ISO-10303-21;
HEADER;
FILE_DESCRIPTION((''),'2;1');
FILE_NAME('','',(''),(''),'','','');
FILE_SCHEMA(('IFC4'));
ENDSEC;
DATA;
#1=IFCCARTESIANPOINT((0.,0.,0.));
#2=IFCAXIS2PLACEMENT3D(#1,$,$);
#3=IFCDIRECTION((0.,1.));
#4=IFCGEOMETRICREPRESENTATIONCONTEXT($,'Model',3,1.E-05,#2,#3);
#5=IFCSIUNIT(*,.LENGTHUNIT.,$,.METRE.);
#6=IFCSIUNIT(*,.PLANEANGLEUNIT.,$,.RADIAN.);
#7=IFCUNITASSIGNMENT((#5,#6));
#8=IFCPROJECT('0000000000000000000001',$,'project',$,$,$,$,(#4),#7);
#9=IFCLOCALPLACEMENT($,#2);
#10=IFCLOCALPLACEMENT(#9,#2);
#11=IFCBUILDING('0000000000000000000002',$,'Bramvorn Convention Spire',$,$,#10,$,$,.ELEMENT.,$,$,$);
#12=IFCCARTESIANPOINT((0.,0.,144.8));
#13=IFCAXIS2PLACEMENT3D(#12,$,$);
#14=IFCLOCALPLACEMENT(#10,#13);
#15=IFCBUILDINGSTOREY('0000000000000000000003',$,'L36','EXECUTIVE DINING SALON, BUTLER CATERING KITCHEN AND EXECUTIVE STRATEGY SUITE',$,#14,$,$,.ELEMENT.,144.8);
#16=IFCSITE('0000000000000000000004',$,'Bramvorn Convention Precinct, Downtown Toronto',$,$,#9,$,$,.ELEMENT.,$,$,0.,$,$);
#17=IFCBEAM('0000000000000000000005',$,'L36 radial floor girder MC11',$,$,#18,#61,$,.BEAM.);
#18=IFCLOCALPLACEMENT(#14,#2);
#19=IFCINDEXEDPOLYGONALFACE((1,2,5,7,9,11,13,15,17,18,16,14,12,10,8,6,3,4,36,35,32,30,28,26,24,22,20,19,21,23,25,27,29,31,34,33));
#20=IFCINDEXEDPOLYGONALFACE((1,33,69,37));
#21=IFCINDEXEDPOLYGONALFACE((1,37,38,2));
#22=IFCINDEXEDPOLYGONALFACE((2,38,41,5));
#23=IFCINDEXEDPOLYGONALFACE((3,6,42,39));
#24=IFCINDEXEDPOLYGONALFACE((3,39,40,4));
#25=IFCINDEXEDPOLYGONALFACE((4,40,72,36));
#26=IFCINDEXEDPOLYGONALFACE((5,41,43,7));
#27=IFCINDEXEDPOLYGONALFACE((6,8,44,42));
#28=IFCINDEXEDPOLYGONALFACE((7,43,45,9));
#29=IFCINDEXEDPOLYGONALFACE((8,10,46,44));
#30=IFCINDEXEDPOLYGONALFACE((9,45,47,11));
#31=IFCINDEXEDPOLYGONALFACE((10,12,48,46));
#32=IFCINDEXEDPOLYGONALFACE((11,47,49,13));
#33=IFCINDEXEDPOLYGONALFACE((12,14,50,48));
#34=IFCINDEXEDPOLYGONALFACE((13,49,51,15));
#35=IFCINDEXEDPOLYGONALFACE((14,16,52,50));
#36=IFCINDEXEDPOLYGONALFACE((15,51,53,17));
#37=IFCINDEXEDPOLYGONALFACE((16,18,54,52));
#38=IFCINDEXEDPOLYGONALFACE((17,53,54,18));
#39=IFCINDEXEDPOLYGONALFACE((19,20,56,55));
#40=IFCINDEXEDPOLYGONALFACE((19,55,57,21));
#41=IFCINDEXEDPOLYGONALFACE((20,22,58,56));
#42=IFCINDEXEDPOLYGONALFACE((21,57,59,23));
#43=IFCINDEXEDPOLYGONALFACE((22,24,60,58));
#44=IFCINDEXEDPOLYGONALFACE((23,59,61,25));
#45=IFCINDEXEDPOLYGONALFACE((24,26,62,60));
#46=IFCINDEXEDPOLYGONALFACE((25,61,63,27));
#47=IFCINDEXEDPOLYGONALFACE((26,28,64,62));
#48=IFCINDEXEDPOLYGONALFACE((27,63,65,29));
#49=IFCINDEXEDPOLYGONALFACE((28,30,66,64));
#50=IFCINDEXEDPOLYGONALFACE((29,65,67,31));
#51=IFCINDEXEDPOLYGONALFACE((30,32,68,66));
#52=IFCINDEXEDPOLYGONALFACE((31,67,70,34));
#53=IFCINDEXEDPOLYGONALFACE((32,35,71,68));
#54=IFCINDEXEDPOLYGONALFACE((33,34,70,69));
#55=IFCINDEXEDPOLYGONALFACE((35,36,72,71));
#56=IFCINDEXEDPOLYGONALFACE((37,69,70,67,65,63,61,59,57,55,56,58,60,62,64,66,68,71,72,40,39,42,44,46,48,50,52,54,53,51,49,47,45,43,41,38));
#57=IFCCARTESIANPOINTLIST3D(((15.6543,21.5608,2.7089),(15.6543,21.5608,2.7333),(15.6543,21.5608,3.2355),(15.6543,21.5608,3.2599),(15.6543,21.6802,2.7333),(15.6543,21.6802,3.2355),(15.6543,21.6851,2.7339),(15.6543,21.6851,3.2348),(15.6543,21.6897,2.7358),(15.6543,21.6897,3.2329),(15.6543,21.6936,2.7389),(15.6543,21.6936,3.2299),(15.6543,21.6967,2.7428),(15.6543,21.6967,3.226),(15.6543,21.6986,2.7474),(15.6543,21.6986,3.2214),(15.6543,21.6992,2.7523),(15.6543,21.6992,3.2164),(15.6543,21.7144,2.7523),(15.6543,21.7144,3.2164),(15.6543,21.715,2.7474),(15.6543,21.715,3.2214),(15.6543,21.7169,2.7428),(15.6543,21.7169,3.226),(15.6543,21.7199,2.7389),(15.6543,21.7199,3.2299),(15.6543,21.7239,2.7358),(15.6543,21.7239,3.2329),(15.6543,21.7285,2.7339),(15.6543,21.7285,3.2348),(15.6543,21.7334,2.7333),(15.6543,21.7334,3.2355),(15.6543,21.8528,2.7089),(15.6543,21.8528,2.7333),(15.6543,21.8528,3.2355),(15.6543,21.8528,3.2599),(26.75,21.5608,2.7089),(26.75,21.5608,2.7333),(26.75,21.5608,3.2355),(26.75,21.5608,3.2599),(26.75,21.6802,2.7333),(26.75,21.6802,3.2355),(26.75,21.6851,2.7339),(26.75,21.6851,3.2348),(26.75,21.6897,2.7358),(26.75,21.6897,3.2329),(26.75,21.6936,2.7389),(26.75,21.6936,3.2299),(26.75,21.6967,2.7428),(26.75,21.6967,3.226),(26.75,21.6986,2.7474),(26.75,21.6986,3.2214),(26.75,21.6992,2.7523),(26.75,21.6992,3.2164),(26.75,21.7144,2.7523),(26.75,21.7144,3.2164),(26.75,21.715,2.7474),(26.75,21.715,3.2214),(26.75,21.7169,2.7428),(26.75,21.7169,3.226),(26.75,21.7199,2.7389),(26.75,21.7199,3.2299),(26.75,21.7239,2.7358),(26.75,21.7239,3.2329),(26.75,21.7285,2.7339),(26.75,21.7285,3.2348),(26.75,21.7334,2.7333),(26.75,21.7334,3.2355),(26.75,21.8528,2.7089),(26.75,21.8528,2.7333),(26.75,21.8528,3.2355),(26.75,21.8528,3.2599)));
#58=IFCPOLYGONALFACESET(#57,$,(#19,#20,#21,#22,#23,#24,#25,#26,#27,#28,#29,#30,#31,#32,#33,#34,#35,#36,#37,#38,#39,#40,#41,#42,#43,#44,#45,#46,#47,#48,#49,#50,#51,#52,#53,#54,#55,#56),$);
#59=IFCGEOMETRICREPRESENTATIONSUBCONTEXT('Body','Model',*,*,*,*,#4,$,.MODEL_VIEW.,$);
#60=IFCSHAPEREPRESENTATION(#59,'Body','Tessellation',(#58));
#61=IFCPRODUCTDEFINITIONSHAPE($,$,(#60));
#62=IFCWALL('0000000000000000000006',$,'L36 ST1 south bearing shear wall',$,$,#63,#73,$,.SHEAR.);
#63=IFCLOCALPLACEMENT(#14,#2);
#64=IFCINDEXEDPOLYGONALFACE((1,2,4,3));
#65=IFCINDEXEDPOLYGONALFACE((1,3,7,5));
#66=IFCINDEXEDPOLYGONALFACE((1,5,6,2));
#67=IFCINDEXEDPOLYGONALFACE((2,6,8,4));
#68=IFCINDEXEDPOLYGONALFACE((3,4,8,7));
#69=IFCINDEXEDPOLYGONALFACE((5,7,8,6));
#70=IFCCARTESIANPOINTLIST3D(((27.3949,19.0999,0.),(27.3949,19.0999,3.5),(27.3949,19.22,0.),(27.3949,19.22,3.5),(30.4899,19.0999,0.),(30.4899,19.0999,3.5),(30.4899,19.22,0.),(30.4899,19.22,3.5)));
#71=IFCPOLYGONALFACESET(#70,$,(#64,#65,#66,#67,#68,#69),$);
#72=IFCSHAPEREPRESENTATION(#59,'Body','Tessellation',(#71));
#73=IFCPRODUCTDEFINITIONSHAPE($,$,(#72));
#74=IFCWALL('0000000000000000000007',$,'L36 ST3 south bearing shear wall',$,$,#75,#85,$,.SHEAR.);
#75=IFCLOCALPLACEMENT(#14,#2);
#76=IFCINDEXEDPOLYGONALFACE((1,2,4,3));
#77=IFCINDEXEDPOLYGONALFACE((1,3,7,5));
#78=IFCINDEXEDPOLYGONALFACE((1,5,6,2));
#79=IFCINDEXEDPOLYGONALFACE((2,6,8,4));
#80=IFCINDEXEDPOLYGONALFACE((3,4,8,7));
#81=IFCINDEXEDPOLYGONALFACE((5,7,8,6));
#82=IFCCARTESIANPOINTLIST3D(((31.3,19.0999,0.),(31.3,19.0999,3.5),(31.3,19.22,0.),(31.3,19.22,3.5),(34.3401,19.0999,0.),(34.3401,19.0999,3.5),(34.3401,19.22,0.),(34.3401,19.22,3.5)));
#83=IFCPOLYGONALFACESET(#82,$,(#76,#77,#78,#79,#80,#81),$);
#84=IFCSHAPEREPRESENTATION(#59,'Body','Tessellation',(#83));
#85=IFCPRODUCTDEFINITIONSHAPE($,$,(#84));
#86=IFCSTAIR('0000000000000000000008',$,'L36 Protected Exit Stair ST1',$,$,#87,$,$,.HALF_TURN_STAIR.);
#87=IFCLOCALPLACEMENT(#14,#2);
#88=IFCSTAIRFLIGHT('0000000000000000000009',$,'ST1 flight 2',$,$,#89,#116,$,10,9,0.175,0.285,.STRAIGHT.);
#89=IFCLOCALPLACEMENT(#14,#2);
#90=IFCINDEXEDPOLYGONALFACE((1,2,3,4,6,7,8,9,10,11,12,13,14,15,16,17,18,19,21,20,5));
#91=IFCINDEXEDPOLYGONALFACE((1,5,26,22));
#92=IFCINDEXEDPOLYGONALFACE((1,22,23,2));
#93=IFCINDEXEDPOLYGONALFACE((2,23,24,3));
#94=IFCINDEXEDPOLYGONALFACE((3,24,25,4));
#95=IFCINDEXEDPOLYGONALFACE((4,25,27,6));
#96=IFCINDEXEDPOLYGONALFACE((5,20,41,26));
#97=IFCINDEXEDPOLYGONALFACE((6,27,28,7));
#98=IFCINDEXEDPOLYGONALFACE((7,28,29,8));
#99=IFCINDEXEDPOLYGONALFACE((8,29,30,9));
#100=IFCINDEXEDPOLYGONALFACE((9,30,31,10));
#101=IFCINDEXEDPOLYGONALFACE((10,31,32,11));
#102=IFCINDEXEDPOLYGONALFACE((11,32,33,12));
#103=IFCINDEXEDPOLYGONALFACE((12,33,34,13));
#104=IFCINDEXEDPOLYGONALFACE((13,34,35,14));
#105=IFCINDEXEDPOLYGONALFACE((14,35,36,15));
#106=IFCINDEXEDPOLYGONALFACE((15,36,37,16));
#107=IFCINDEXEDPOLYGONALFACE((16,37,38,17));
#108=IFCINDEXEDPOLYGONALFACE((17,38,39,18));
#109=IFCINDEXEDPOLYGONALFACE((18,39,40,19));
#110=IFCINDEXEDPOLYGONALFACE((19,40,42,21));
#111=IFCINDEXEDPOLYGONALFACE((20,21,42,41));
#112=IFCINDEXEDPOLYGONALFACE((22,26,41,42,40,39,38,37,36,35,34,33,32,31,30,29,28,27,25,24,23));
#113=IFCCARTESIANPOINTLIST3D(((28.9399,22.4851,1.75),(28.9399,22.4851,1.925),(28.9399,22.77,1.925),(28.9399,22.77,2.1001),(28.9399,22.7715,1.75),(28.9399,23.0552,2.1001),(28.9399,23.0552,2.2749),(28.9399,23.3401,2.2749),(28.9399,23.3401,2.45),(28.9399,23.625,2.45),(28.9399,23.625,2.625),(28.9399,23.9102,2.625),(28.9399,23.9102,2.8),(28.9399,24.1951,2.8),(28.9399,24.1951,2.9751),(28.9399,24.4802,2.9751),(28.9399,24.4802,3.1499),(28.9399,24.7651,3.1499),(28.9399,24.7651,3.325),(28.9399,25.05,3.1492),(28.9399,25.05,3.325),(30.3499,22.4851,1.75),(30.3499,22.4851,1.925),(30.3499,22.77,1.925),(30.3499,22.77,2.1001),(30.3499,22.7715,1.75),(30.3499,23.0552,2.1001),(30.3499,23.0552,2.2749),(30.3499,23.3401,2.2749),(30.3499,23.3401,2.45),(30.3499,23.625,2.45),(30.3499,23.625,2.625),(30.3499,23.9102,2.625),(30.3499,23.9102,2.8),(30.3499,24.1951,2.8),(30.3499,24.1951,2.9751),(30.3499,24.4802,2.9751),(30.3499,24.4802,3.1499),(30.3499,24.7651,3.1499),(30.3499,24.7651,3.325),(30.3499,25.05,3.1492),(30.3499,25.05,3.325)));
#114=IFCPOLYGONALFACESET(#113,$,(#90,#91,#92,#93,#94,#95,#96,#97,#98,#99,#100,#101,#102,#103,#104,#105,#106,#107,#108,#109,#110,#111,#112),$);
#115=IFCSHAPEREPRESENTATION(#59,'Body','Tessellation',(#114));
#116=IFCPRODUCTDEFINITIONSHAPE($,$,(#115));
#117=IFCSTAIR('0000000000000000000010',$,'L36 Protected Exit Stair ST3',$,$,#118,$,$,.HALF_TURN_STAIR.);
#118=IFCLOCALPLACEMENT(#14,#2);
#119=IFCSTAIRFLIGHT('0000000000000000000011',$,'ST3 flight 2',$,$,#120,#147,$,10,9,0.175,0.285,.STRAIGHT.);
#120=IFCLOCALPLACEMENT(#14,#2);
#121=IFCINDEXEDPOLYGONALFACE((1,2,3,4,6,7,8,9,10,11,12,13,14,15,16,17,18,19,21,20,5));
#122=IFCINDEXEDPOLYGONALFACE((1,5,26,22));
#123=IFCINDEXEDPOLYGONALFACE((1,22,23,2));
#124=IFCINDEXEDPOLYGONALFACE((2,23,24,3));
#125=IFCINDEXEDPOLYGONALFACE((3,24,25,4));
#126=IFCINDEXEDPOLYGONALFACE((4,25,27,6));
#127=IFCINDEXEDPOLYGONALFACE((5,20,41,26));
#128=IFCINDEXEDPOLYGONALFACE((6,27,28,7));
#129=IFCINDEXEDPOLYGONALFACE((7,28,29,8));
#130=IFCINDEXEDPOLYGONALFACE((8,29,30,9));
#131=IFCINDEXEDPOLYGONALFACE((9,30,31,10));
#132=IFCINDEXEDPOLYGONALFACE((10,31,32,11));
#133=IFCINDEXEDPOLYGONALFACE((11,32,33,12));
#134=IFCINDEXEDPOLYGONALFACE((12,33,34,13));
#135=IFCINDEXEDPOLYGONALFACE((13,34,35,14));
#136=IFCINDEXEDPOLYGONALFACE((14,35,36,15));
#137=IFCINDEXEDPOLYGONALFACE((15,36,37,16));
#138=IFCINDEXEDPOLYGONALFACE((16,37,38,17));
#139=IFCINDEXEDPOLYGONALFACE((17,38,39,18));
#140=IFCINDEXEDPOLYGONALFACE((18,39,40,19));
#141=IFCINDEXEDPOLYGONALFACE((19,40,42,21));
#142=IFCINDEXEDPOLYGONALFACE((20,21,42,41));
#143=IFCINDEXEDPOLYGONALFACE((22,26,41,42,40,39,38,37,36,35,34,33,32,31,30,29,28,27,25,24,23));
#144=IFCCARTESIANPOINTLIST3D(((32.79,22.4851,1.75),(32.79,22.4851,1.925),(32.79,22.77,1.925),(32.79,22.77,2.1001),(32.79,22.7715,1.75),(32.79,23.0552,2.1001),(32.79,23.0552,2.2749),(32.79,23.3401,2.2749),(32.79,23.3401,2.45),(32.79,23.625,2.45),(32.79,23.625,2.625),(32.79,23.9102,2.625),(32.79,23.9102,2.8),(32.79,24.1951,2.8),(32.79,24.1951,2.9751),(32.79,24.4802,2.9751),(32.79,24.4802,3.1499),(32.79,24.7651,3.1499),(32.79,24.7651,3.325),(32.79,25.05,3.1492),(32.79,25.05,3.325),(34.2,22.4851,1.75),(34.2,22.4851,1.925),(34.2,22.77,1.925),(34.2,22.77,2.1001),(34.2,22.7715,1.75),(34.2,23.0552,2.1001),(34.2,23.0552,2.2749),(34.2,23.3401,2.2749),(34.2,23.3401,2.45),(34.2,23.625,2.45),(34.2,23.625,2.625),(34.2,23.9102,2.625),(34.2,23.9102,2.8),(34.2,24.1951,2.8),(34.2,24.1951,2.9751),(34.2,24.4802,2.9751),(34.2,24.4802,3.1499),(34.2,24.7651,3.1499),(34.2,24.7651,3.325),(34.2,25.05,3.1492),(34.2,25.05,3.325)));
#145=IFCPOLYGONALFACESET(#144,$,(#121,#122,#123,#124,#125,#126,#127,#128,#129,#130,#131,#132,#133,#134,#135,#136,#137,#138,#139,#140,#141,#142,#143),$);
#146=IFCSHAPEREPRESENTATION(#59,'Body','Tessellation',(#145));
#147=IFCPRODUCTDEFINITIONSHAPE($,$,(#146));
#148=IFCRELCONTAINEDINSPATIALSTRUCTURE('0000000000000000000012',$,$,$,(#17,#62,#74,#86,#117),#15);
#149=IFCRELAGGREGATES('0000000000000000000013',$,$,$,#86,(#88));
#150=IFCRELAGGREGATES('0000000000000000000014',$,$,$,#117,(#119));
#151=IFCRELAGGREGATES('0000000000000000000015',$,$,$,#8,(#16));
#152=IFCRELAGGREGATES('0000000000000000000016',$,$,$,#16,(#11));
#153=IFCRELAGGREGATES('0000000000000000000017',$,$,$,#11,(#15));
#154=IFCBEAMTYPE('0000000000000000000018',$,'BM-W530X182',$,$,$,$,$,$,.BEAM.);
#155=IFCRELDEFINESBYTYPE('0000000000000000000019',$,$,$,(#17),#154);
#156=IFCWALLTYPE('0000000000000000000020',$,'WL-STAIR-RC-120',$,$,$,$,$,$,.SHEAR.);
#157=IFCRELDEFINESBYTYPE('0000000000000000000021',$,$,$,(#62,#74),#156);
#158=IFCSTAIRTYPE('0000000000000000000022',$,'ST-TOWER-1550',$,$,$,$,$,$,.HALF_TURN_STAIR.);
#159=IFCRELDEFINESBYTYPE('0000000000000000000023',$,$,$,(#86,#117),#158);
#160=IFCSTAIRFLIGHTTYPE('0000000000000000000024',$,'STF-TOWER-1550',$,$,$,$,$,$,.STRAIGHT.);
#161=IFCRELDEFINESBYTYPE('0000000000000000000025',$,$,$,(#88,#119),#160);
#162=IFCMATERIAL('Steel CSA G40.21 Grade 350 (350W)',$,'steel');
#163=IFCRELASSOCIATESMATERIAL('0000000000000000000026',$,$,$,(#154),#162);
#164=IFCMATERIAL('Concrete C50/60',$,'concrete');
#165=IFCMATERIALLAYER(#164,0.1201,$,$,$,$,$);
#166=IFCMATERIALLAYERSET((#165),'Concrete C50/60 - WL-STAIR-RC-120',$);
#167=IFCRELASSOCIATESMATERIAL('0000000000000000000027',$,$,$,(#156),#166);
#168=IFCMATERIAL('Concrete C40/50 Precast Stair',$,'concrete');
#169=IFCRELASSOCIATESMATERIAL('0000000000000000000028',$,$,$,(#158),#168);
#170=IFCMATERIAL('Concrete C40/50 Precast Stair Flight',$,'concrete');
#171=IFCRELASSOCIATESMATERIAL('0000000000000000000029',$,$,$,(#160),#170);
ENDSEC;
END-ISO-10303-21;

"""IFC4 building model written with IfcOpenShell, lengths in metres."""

from ifc_helpers import new_model, si_unit, direction, frame, frame_2d, origin, origin_2d, place, context, subcontext, project, spatial, polyline, rectangle, i_section, outline, extrude, material, layer, layer_set, material_profile, profile_set, type_object, element, aggregate, save


model = new_model("IFC4")

# Units and contexts
model_context = context("Model", 3, precision=1e-05, world=origin(), true_north=direction((0.0, 1.0)))
body_context = subcontext(model_context, "Body", "Model", "MODEL_VIEW")
ifc_project = project(units=[si_unit("LENGTHUNIT", "METRE"), si_unit("PLANEANGLEUNIT", "RADIAN")], contexts=[model_context])

# Site, building, storey
site_placement = place(None, origin())
site = spatial("IfcSite", under=ifc_project, at=site_placement, Name="Bramvorn Convention Precinct, Downtown Toronto", CompositionType="ELEMENT", RefElevation=0.0)
building_placement = place(site_placement, origin())
building = spatial("IfcBuilding", under=site, at=building_placement, Name="Bramvorn Convention Spire", CompositionType="ELEMENT")
storey_placement = place(building_placement, frame((0.0, 0.0, 144.8)))
storey = spatial("IfcBuildingStorey", under=building, at=storey_placement, Name="L36", Description="EXECUTIVE DINING SALON, BUTLER CATERING KITCHEN AND EXECUTIVE STRATEGY SUITE", CompositionType="ELEMENT", Elevation=144.8)

# Beam
ifc_material_1 = material(Name="Steel CSA G40.21 Grade 350 (350W)", Category="steel")
ifc_material_profile = material_profile(ifc_material_1, i_section(OverallWidth=0.292, OverallDepth=0.551, WebThickness=0.0151, FlangeThickness=0.0244, FilletRadius=0.019, at=origin_2d()))
ifc_profile_set = profile_set([ifc_material_profile], Name="Steel CSA G40.21 Grade 350 (350W) - W530X182")
beam_type = type_object("IfcBeamType", Name="BM-W530X182", PredefinedType="BEAM", material=ifc_profile_set)
beam_placement = place(storey_placement, frame((26.75, 21.7068, 2.9844), z_axis=(-1.0, 0.0, 0.0), x_axis=(0.0, -1.0, 0.0)))
element("IfcBeam", 1, at=beam_placement, inside=storey, type_object=beam_type, Name="L36 radial floor girder MC11", PredefinedType="BEAM", context=body_context, shape_type="SweptSolid", body=[
    extrude(i_section(OverallWidth=0.292, OverallDepth=0.551, WebThickness=0.0151, FlangeThickness=0.0244, FilletRadius=0.019, at=origin_2d()), origin(), (0.0, 0.0, 1.0), 11.0957),
])

# Shared definitions
ifc_material_2 = material(Name="Concrete C50/60", Category="concrete")

# Walls
ifc_layer_1 = layer(ifc_material_2, 0.1201)
ifc_layer_set_1 = layer_set([ifc_layer_1], Name="Concrete C50/60 - WL-STAIR-RC-120")
wall_type_1 = type_object("IfcWallType", Name="WL-STAIR-RC-120", PredefinedType="SHEAR", material=ifc_layer_set_1)
wall_1_placement = place(storey_placement, frame((27.395, 19.1599, 0.0), z_axis=(0.0, 0.0, 1.0), x_axis=(1.0, 0.0, 0.0)))
element("IfcWall", 2, at=wall_1_placement, inside=storey, type_object=wall_type_1, Name="L36 ST1 south bearing shear wall", PredefinedType="SHEAR", context=body_context, shape_type="SweptSolid", body=[
    extrude(rectangle(XDim=3.095, YDim=0.1201, at=frame_2d((1.5474, 0.0))), origin(), (0.0, 0.0, 1.0), 3.5),
])
wall_2_placement = place(storey_placement, frame((31.3, 19.1599, 0.0), z_axis=(0.0, 0.0, 1.0), x_axis=(1.0, 0.0, 0.0)))
element("IfcWall", 3, at=wall_2_placement, inside=storey, type_object=wall_type_1, Name="L36 ST3 south bearing shear wall", PredefinedType="SHEAR", context=body_context, shape_type="SweptSolid", body=[
    extrude(rectangle(XDim=3.04, YDim=0.1201, at=frame_2d((1.52, 0.0))), origin(), (0.0, 0.0, 1.0), 3.5),
])

# Stairs, stair flights
ifc_material_3 = material(Name="Concrete C40/50 Precast Stair", Category="concrete")
stair_type = type_object("IfcStairType", Name="ST-TOWER-1550", PredefinedType="HALF_TURN_STAIR", material=ifc_material_3)
stair_1_placement = place(storey_placement, origin())
stair_1 = element("IfcStair", 4, at=stair_1_placement, inside=storey, type_object=stair_type, Name="L36 Protected Exit Stair ST1", PredefinedType="HALF_TURN_STAIR")
ifc_material_4 = material(Name="Concrete C40/50 Precast Stair Flight", Category="concrete")
stair_flight_type = type_object("IfcStairFlightType", Name="STF-TOWER-1550", PredefinedType="STRAIGHT", material=ifc_material_4)
stair_flight_1_placement = place(storey_placement, frame((29.645, 22.4851, 1.75), z_axis=(0.0, 0.0, 1.0), x_axis=(0.0, 1.0, 0.0)))
stair_flight_1 = element("IfcStairFlight", 5, at=stair_flight_1_placement, type_object=stair_flight_type, Name="ST1 flight 2", NumberOfRisers=10, NumberOfTreads=9, PredefinedType="STRAIGHT", RiserHeight=0.175, TreadLength=0.285, context=body_context, shape_type="SweptSolid", body=[
    extrude(outline(polyline([(0.0, 0.0), (0.0, 0.175), (0.2849, 0.175), (0.2849, 0.3501), (0.5701, 0.3501), (0.5701, 0.5249), (0.855, 0.5249), (0.855, 0.7), (1.1399, 0.7), (1.1399, 0.875), (1.425, 0.875), (1.425, 1.05), (1.71, 1.05), (1.71, 1.2251), (1.9951, 1.2251), (1.9951, 1.3999), (2.28, 1.3999), (2.28, 1.575), (2.5649, 1.575), (2.5649, 1.75), (2.5649, 1.3992), (0.2864, 0.0), (0.0, 0.0)])), frame((0.0, 0.7051, 0.0), z_axis=(0.0, -1.0, 0.0), x_axis=(1.0, 0.0, 0.0)), (0.0, 0.0, 1.0), 1.4099),
])
aggregate(stair_1, [stair_flight_1])
stair_2_placement = place(storey_placement, origin())
stair_2 = element("IfcStair", 6, at=stair_2_placement, inside=storey, type_object=stair_type, Name="L36 Protected Exit Stair ST3", PredefinedType="HALF_TURN_STAIR")
stair_flight_2_placement = place(storey_placement, frame((33.4951, 22.4851, 1.75), z_axis=(0.0, 0.0, 1.0), x_axis=(0.0, 1.0, 0.0)))
stair_flight_2 = element("IfcStairFlight", 7, at=stair_flight_2_placement, type_object=stair_flight_type, Name="ST3 flight 2", NumberOfRisers=10, NumberOfTreads=9, PredefinedType="STRAIGHT", RiserHeight=0.175, TreadLength=0.285, context=body_context, shape_type="SweptSolid", body=[
    extrude(outline(polyline([(0.0, 0.0), (0.0, 0.175), (0.2849, 0.175), (0.2849, 0.3501), (0.5701, 0.3501), (0.5701, 0.5249), (0.855, 0.5249), (0.855, 0.7), (1.1399, 0.7), (1.1399, 0.875), (1.425, 0.875), (1.425, 1.05), (1.71, 1.05), (1.71, 1.2251), (1.9951, 1.2251), (1.9951, 1.3999), (2.28, 1.3999), (2.28, 1.575), (2.5649, 1.575), (2.5649, 1.75), (2.5649, 1.3992), (0.2864, 0.0), (0.0, 0.0)])), frame((0.0, 0.7051, 0.0), z_axis=(0.0, -1.0, 0.0), x_axis=(1.0, 0.0, 0.0)), (0.0, 0.0, 1.0), 1.4099),
])
aggregate(stair_2, [stair_flight_2])

save(model, "model.ifc")
